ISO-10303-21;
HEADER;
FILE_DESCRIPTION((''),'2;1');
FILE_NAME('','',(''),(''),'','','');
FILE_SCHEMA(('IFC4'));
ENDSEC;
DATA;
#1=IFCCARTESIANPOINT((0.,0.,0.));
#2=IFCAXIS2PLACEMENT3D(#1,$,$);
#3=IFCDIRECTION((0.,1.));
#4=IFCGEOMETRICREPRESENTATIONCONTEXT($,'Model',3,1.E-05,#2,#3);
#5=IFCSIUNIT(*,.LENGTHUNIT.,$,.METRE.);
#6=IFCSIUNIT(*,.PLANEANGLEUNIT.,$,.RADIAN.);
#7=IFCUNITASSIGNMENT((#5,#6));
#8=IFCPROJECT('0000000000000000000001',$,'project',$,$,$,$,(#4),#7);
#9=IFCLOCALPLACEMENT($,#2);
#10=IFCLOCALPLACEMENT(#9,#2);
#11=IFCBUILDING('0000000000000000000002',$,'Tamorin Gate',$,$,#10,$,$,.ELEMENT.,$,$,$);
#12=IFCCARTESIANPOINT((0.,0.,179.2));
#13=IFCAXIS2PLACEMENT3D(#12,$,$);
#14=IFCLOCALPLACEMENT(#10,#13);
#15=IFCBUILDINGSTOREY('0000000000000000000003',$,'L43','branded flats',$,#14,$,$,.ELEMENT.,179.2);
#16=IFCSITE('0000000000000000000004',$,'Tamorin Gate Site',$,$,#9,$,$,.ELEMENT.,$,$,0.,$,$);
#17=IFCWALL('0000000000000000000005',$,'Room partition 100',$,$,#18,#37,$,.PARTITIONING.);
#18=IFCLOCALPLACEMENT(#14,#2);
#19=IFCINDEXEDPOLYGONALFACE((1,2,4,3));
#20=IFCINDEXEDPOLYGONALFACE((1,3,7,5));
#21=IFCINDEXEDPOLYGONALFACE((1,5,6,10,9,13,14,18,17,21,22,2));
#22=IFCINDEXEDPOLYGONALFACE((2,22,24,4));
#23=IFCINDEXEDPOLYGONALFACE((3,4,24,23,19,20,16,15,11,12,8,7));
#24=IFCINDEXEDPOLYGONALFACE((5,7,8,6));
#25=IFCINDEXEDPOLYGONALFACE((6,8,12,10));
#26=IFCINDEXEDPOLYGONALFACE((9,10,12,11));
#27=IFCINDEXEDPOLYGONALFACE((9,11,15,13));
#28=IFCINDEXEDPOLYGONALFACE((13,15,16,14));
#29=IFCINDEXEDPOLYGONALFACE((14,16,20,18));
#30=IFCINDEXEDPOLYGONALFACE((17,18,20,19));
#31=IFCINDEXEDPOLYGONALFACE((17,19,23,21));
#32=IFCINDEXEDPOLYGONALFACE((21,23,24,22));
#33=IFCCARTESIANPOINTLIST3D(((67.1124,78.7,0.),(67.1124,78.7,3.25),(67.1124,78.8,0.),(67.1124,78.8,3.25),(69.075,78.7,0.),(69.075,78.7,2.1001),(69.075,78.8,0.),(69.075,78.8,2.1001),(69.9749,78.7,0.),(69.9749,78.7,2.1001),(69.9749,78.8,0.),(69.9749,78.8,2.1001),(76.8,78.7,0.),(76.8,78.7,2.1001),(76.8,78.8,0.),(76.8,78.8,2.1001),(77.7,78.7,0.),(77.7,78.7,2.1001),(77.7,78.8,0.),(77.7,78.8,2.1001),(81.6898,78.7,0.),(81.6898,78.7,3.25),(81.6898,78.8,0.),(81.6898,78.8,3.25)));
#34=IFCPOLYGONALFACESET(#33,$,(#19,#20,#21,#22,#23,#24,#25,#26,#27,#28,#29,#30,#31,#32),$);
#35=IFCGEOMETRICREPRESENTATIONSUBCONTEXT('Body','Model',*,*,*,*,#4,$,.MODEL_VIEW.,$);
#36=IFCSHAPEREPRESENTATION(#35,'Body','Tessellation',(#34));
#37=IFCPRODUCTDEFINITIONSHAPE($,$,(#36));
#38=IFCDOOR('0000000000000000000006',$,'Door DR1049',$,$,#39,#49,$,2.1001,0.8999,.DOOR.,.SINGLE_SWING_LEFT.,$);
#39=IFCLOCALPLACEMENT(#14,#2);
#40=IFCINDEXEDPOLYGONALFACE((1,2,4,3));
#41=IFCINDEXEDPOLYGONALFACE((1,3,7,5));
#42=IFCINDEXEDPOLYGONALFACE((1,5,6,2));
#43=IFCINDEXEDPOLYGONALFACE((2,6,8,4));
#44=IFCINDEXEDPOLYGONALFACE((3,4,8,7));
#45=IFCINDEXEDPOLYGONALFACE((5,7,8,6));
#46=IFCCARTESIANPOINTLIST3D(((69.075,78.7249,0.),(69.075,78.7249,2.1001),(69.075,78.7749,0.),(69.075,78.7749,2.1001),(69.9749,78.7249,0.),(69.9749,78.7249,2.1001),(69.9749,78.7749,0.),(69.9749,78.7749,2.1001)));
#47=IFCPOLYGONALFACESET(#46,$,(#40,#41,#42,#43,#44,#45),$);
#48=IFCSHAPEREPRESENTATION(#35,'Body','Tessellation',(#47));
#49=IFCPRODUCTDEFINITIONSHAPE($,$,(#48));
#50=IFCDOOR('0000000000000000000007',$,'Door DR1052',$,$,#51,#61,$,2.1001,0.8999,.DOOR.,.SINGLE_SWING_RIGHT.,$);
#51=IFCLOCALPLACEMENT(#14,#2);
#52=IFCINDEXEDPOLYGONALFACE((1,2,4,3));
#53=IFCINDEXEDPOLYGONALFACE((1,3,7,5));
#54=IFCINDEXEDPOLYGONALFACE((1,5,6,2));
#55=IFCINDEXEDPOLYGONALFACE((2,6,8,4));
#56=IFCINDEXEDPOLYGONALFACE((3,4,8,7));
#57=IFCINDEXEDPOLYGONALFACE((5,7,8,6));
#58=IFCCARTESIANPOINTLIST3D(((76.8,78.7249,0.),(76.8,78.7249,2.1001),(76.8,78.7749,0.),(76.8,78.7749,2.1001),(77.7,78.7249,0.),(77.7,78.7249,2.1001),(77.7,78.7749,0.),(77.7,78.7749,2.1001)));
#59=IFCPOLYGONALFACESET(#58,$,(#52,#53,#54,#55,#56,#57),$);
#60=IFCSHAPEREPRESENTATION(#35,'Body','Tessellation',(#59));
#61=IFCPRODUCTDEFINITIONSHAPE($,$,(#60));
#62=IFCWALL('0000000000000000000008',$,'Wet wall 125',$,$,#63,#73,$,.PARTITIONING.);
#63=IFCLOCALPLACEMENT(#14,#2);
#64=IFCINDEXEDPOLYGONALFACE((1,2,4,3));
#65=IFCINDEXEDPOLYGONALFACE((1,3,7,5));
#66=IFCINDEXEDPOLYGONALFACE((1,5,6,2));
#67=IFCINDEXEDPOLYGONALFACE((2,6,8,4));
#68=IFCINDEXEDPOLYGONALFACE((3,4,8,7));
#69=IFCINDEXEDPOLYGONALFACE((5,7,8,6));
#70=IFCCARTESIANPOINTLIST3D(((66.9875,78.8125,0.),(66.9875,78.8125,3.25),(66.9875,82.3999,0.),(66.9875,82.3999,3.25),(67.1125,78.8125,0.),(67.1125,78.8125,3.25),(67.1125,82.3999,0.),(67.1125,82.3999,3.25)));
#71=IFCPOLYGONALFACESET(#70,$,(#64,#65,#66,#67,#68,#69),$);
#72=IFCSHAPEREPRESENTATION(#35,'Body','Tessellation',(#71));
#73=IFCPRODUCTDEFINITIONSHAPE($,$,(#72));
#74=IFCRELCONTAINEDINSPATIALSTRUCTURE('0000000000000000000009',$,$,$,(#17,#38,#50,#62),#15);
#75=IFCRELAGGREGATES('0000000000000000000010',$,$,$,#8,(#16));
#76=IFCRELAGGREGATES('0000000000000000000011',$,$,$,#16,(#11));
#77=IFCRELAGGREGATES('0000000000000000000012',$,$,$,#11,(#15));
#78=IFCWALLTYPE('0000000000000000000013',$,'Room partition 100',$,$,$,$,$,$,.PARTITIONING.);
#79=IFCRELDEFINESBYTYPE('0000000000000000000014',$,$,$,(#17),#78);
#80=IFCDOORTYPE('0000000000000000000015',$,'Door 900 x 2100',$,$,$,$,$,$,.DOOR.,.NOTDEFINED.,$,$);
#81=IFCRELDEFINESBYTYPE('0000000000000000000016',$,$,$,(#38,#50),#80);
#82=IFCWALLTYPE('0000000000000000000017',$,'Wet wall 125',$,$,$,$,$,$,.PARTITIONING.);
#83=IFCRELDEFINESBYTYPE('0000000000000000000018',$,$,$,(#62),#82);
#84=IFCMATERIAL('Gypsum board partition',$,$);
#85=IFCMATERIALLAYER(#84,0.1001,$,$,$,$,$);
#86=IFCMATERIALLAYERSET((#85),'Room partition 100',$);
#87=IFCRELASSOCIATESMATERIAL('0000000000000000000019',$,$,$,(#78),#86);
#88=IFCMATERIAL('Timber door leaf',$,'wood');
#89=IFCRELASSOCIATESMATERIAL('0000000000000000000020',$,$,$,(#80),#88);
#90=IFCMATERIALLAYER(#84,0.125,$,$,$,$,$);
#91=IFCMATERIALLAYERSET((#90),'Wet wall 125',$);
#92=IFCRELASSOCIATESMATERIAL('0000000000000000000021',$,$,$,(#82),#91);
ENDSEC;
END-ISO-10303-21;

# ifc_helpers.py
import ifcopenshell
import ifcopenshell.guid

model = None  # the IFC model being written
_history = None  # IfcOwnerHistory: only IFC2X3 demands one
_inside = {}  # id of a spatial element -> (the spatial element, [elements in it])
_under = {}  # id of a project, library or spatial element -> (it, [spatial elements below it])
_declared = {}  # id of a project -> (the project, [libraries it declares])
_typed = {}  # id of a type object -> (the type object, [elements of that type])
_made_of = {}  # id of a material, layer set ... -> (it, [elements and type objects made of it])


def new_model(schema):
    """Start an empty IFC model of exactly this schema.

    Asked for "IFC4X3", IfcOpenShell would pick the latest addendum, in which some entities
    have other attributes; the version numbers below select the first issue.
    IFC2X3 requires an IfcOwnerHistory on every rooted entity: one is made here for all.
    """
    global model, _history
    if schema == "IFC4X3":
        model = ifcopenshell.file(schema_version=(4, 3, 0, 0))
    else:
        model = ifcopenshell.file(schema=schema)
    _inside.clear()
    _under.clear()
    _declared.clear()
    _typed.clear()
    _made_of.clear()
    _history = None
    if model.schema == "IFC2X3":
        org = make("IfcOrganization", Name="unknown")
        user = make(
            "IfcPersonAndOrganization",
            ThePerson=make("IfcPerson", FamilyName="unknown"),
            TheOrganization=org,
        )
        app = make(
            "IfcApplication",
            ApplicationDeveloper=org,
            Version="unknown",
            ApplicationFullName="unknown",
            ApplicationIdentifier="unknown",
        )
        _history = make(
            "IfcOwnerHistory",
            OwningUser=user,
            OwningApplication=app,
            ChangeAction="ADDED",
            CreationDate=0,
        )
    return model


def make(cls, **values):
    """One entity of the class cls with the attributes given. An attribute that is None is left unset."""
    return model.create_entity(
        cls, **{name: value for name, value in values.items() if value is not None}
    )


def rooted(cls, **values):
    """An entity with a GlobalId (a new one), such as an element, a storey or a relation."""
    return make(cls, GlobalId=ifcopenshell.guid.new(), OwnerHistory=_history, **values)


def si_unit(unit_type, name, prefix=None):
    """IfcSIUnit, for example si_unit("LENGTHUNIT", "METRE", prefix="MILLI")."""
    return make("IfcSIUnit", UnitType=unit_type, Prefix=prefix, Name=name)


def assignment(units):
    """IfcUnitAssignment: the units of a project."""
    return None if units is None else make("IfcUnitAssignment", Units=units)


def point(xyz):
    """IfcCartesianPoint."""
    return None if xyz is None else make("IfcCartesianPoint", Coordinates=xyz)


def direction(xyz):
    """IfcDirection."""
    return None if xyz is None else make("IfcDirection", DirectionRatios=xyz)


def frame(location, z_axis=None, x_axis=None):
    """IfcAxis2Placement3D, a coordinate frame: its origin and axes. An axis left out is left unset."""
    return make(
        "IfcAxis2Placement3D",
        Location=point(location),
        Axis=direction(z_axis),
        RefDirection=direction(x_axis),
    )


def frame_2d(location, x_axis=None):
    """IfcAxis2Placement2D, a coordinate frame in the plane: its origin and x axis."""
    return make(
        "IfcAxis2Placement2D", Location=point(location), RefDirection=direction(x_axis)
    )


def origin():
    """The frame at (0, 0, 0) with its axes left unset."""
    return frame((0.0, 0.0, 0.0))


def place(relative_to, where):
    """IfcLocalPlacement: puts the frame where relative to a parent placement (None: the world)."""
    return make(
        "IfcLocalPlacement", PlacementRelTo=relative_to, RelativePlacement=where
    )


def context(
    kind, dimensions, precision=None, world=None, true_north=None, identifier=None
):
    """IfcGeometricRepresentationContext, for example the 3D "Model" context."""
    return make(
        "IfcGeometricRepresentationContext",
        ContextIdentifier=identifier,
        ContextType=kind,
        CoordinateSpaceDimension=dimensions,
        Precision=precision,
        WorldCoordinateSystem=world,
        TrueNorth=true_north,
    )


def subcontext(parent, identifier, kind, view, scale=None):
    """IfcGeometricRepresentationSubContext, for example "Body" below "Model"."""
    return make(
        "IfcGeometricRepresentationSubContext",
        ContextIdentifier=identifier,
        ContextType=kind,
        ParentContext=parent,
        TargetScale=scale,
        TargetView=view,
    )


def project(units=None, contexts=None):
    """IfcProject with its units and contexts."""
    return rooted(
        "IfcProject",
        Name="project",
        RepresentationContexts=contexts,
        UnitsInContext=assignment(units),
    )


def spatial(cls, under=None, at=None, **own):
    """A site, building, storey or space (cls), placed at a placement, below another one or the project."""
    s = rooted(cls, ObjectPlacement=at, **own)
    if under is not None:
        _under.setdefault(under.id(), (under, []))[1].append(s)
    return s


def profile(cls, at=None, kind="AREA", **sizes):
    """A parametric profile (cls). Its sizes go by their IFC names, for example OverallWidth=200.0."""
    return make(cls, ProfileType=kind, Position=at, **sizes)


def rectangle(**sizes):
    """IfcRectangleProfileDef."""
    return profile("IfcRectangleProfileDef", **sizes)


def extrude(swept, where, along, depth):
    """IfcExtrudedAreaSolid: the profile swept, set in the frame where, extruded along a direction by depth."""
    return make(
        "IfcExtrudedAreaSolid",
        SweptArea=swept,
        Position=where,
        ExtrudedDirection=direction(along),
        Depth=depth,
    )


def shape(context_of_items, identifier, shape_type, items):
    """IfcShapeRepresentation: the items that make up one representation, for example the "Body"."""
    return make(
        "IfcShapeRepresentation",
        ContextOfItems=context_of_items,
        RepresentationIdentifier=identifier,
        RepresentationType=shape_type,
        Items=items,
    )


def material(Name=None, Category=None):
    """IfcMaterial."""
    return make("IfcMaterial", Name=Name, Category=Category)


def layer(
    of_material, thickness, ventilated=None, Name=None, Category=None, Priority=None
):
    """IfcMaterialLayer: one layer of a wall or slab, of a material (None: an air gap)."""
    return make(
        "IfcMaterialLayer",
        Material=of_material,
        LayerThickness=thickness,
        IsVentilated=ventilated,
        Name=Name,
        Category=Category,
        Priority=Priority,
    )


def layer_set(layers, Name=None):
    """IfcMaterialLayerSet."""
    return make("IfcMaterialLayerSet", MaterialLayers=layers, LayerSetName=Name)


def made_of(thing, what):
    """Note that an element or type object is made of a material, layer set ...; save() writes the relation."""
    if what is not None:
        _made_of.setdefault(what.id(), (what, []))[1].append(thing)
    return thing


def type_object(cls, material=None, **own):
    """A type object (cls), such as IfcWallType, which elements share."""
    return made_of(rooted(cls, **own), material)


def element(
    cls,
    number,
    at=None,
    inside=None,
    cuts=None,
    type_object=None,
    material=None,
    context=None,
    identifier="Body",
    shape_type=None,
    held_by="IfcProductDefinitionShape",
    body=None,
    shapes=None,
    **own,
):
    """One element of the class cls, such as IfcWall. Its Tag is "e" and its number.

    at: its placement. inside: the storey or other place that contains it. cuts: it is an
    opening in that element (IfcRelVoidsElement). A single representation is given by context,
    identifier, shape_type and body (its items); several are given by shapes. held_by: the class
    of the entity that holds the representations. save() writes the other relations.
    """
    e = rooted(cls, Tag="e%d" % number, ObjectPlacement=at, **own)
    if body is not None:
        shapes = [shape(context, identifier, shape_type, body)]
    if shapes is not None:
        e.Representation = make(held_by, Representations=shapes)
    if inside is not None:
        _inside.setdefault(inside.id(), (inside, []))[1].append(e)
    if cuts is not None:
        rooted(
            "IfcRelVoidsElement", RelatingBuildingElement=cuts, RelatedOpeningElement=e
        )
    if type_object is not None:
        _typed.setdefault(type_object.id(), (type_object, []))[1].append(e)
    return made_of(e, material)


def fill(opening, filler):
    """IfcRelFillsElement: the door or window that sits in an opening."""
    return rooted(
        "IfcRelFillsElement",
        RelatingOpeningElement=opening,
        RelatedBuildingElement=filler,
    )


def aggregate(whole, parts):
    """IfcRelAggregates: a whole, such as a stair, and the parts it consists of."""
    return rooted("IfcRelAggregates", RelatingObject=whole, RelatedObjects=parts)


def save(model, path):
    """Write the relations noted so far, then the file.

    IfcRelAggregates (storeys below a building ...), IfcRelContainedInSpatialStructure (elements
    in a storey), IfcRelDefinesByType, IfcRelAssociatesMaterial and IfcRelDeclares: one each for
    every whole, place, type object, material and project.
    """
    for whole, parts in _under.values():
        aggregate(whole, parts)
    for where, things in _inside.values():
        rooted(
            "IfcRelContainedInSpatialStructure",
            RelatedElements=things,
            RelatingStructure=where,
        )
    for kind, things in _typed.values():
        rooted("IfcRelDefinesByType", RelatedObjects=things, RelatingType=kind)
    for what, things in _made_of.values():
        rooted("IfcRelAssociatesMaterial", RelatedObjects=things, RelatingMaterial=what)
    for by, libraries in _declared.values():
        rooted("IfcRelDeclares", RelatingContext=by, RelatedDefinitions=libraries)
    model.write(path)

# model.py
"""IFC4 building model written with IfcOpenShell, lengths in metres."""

from ifc_helpers import new_model, si_unit, direction, frame, frame_2d, origin, place, context, subcontext, project, spatial, rectangle, extrude, material, layer, layer_set, type_object, element, fill, save


model = new_model("IFC4")

# Units and contexts
model_context = context("Model", 3, precision=1e-05, world=origin(), true_north=direction((0.0, 1.0)))
body_context = subcontext(model_context, "Body", "Model", "MODEL_VIEW")
ifc_project = project(units=[si_unit("LENGTHUNIT", "METRE"), si_unit("PLANEANGLEUNIT", "RADIAN")], contexts=[model_context])

# Site, building, storey
site_placement = place(None, origin())
site = spatial("IfcSite", under=ifc_project, at=site_placement, Name="Tamorin Gate Site", CompositionType="ELEMENT", RefElevation=0.0)
building_placement = place(site_placement, origin())
building = spatial("IfcBuilding", under=site, at=building_placement, Name="Tamorin Gate", CompositionType="ELEMENT")
storey_placement = place(building_placement, frame((0.0, 0.0, 179.2)))
storey = spatial("IfcBuildingStorey", under=building, at=storey_placement, Name="L43", Description="branded flats", CompositionType="ELEMENT", Elevation=179.2)

# Shared definitions
ifc_material_1 = material(Name="Gypsum board partition")
ifc_layer_1 = layer(ifc_material_1, 0.1001)
ifc_layer_set_1 = layer_set([ifc_layer_1], Name="Room partition 100")
wall_type_1 = type_object("IfcWallType", Name="Room partition 100", PredefinedType="PARTITIONING", material=ifc_layer_set_1)
ifc_material_2 = material(Name="Timber door leaf", Category="wood")
door_type = type_object("IfcDoorType", Name="Door 900 x 2100", OperationType="NOTDEFINED", PredefinedType="DOOR", material=ifc_material_2)

# Wall, openings, doors
wall_1_placement = place(storey_placement, frame((67.1125, 78.75, 0.0), z_axis=(0.0, 0.0, 1.0), x_axis=(1.0, 0.0, 0.0)))
wall_1 = element("IfcWall", 1, at=wall_1_placement, inside=storey, type_object=wall_type_1, Name="Room partition 100", PredefinedType="PARTITIONING", context=body_context, shape_type="SweptSolid", body=[
    extrude(rectangle(XDim=14.5774, YDim=0.1001, at=frame_2d((7.2886, 0.0))), origin(), (0.0, 0.0, 1.0), 3.25),
])
opening_1_placement = place(wall_1_placement, frame((1.9624, 0.0, 0.0)))
opening_1 = element("IfcOpeningElement", 2, at=opening_1_placement, cuts=wall_1, PredefinedType="OPENING", context=body_context, shape_type="SweptSolid", body=[
    extrude(rectangle(XDim=0.8999, YDim=2.1001, at=frame_2d((0.45, 1.05))), frame((0.0, 0.0601, 0.0), z_axis=(0.0, -1.0, 0.0), x_axis=(1.0, 0.0, 0.0)), (0.0, 0.0, 1.0), 0.1201),
])
opening_2_placement = place(wall_1_placement, frame((9.6875, 0.0, 0.0)))
opening_2 = element("IfcOpeningElement", 3, at=opening_2_placement, cuts=wall_1, PredefinedType="OPENING", context=body_context, shape_type="SweptSolid", body=[
    extrude(rectangle(XDim=0.8999, YDim=2.1001, at=frame_2d((0.45, 1.05))), frame((0.0, 0.0601, 0.0), z_axis=(0.0, -1.0, 0.0), x_axis=(1.0, 0.0, 0.0)), (0.0, 0.0, 1.0), 0.1201),
])
door_1_placement = place(opening_1_placement, origin())
door_1 = element("IfcDoor", 4, at=door_1_placement, inside=storey, type_object=door_type, Name="Door DR1049", OperationType="SINGLE_SWING_LEFT", OverallHeight=2.1001, OverallWidth=0.8999, PredefinedType="DOOR", context=body_context, shape_type="SweptSolid", body=[
    extrude(rectangle(XDim=0.8999, YDim=2.1001, at=frame_2d((0.45, 1.05))), frame((0.0, 0.0249, 0.0), z_axis=(0.0, -1.0, 0.0), x_axis=(1.0, 0.0, 0.0)), (0.0, 0.0, 1.0), 0.05),
])
fill(opening_1, door_1)
door_2_placement = place(opening_2_placement, origin())
door_2 = element("IfcDoor", 5, at=door_2_placement, inside=storey, type_object=door_type, Name="Door DR1052", OperationType="SINGLE_SWING_RIGHT", OverallHeight=2.1001, OverallWidth=0.8999, PredefinedType="DOOR", context=body_context, shape_type="SweptSolid", body=[
    extrude(rectangle(XDim=0.8999, YDim=2.1001, at=frame_2d((0.45, 1.05))), frame((0.0, 0.0249, 0.0), z_axis=(0.0, -1.0, 0.0), x_axis=(1.0, 0.0, 0.0)), (0.0, 0.0, 1.0), 0.05),
])
fill(opening_2, door_2)

# Wall
ifc_layer_2 = layer(ifc_material_1, 0.125)
ifc_layer_set_2 = layer_set([ifc_layer_2], Name="Wet wall 125")
wall_type_2 = type_object("IfcWallType", Name="Wet wall 125", PredefinedType="PARTITIONING", material=ifc_layer_set_2)
wall_2_placement = place(storey_placement, frame((67.05, 78.8125, 0.0), z_axis=(0.0, 0.0, 1.0), x_axis=(0.0, 1.0, 0.0)))
element("IfcWall", 6, at=wall_2_placement, inside=storey, type_object=wall_type_2, Name="Wet wall 125", PredefinedType="PARTITIONING", context=body_context, shape_type="SweptSolid", body=[
    extrude(rectangle(XDim=3.5874, YDim=0.125, at=frame_2d((1.7937, 0.0))), origin(), (0.0, 0.0, 1.0), 3.25),
])

save(model, "model.ifc")
